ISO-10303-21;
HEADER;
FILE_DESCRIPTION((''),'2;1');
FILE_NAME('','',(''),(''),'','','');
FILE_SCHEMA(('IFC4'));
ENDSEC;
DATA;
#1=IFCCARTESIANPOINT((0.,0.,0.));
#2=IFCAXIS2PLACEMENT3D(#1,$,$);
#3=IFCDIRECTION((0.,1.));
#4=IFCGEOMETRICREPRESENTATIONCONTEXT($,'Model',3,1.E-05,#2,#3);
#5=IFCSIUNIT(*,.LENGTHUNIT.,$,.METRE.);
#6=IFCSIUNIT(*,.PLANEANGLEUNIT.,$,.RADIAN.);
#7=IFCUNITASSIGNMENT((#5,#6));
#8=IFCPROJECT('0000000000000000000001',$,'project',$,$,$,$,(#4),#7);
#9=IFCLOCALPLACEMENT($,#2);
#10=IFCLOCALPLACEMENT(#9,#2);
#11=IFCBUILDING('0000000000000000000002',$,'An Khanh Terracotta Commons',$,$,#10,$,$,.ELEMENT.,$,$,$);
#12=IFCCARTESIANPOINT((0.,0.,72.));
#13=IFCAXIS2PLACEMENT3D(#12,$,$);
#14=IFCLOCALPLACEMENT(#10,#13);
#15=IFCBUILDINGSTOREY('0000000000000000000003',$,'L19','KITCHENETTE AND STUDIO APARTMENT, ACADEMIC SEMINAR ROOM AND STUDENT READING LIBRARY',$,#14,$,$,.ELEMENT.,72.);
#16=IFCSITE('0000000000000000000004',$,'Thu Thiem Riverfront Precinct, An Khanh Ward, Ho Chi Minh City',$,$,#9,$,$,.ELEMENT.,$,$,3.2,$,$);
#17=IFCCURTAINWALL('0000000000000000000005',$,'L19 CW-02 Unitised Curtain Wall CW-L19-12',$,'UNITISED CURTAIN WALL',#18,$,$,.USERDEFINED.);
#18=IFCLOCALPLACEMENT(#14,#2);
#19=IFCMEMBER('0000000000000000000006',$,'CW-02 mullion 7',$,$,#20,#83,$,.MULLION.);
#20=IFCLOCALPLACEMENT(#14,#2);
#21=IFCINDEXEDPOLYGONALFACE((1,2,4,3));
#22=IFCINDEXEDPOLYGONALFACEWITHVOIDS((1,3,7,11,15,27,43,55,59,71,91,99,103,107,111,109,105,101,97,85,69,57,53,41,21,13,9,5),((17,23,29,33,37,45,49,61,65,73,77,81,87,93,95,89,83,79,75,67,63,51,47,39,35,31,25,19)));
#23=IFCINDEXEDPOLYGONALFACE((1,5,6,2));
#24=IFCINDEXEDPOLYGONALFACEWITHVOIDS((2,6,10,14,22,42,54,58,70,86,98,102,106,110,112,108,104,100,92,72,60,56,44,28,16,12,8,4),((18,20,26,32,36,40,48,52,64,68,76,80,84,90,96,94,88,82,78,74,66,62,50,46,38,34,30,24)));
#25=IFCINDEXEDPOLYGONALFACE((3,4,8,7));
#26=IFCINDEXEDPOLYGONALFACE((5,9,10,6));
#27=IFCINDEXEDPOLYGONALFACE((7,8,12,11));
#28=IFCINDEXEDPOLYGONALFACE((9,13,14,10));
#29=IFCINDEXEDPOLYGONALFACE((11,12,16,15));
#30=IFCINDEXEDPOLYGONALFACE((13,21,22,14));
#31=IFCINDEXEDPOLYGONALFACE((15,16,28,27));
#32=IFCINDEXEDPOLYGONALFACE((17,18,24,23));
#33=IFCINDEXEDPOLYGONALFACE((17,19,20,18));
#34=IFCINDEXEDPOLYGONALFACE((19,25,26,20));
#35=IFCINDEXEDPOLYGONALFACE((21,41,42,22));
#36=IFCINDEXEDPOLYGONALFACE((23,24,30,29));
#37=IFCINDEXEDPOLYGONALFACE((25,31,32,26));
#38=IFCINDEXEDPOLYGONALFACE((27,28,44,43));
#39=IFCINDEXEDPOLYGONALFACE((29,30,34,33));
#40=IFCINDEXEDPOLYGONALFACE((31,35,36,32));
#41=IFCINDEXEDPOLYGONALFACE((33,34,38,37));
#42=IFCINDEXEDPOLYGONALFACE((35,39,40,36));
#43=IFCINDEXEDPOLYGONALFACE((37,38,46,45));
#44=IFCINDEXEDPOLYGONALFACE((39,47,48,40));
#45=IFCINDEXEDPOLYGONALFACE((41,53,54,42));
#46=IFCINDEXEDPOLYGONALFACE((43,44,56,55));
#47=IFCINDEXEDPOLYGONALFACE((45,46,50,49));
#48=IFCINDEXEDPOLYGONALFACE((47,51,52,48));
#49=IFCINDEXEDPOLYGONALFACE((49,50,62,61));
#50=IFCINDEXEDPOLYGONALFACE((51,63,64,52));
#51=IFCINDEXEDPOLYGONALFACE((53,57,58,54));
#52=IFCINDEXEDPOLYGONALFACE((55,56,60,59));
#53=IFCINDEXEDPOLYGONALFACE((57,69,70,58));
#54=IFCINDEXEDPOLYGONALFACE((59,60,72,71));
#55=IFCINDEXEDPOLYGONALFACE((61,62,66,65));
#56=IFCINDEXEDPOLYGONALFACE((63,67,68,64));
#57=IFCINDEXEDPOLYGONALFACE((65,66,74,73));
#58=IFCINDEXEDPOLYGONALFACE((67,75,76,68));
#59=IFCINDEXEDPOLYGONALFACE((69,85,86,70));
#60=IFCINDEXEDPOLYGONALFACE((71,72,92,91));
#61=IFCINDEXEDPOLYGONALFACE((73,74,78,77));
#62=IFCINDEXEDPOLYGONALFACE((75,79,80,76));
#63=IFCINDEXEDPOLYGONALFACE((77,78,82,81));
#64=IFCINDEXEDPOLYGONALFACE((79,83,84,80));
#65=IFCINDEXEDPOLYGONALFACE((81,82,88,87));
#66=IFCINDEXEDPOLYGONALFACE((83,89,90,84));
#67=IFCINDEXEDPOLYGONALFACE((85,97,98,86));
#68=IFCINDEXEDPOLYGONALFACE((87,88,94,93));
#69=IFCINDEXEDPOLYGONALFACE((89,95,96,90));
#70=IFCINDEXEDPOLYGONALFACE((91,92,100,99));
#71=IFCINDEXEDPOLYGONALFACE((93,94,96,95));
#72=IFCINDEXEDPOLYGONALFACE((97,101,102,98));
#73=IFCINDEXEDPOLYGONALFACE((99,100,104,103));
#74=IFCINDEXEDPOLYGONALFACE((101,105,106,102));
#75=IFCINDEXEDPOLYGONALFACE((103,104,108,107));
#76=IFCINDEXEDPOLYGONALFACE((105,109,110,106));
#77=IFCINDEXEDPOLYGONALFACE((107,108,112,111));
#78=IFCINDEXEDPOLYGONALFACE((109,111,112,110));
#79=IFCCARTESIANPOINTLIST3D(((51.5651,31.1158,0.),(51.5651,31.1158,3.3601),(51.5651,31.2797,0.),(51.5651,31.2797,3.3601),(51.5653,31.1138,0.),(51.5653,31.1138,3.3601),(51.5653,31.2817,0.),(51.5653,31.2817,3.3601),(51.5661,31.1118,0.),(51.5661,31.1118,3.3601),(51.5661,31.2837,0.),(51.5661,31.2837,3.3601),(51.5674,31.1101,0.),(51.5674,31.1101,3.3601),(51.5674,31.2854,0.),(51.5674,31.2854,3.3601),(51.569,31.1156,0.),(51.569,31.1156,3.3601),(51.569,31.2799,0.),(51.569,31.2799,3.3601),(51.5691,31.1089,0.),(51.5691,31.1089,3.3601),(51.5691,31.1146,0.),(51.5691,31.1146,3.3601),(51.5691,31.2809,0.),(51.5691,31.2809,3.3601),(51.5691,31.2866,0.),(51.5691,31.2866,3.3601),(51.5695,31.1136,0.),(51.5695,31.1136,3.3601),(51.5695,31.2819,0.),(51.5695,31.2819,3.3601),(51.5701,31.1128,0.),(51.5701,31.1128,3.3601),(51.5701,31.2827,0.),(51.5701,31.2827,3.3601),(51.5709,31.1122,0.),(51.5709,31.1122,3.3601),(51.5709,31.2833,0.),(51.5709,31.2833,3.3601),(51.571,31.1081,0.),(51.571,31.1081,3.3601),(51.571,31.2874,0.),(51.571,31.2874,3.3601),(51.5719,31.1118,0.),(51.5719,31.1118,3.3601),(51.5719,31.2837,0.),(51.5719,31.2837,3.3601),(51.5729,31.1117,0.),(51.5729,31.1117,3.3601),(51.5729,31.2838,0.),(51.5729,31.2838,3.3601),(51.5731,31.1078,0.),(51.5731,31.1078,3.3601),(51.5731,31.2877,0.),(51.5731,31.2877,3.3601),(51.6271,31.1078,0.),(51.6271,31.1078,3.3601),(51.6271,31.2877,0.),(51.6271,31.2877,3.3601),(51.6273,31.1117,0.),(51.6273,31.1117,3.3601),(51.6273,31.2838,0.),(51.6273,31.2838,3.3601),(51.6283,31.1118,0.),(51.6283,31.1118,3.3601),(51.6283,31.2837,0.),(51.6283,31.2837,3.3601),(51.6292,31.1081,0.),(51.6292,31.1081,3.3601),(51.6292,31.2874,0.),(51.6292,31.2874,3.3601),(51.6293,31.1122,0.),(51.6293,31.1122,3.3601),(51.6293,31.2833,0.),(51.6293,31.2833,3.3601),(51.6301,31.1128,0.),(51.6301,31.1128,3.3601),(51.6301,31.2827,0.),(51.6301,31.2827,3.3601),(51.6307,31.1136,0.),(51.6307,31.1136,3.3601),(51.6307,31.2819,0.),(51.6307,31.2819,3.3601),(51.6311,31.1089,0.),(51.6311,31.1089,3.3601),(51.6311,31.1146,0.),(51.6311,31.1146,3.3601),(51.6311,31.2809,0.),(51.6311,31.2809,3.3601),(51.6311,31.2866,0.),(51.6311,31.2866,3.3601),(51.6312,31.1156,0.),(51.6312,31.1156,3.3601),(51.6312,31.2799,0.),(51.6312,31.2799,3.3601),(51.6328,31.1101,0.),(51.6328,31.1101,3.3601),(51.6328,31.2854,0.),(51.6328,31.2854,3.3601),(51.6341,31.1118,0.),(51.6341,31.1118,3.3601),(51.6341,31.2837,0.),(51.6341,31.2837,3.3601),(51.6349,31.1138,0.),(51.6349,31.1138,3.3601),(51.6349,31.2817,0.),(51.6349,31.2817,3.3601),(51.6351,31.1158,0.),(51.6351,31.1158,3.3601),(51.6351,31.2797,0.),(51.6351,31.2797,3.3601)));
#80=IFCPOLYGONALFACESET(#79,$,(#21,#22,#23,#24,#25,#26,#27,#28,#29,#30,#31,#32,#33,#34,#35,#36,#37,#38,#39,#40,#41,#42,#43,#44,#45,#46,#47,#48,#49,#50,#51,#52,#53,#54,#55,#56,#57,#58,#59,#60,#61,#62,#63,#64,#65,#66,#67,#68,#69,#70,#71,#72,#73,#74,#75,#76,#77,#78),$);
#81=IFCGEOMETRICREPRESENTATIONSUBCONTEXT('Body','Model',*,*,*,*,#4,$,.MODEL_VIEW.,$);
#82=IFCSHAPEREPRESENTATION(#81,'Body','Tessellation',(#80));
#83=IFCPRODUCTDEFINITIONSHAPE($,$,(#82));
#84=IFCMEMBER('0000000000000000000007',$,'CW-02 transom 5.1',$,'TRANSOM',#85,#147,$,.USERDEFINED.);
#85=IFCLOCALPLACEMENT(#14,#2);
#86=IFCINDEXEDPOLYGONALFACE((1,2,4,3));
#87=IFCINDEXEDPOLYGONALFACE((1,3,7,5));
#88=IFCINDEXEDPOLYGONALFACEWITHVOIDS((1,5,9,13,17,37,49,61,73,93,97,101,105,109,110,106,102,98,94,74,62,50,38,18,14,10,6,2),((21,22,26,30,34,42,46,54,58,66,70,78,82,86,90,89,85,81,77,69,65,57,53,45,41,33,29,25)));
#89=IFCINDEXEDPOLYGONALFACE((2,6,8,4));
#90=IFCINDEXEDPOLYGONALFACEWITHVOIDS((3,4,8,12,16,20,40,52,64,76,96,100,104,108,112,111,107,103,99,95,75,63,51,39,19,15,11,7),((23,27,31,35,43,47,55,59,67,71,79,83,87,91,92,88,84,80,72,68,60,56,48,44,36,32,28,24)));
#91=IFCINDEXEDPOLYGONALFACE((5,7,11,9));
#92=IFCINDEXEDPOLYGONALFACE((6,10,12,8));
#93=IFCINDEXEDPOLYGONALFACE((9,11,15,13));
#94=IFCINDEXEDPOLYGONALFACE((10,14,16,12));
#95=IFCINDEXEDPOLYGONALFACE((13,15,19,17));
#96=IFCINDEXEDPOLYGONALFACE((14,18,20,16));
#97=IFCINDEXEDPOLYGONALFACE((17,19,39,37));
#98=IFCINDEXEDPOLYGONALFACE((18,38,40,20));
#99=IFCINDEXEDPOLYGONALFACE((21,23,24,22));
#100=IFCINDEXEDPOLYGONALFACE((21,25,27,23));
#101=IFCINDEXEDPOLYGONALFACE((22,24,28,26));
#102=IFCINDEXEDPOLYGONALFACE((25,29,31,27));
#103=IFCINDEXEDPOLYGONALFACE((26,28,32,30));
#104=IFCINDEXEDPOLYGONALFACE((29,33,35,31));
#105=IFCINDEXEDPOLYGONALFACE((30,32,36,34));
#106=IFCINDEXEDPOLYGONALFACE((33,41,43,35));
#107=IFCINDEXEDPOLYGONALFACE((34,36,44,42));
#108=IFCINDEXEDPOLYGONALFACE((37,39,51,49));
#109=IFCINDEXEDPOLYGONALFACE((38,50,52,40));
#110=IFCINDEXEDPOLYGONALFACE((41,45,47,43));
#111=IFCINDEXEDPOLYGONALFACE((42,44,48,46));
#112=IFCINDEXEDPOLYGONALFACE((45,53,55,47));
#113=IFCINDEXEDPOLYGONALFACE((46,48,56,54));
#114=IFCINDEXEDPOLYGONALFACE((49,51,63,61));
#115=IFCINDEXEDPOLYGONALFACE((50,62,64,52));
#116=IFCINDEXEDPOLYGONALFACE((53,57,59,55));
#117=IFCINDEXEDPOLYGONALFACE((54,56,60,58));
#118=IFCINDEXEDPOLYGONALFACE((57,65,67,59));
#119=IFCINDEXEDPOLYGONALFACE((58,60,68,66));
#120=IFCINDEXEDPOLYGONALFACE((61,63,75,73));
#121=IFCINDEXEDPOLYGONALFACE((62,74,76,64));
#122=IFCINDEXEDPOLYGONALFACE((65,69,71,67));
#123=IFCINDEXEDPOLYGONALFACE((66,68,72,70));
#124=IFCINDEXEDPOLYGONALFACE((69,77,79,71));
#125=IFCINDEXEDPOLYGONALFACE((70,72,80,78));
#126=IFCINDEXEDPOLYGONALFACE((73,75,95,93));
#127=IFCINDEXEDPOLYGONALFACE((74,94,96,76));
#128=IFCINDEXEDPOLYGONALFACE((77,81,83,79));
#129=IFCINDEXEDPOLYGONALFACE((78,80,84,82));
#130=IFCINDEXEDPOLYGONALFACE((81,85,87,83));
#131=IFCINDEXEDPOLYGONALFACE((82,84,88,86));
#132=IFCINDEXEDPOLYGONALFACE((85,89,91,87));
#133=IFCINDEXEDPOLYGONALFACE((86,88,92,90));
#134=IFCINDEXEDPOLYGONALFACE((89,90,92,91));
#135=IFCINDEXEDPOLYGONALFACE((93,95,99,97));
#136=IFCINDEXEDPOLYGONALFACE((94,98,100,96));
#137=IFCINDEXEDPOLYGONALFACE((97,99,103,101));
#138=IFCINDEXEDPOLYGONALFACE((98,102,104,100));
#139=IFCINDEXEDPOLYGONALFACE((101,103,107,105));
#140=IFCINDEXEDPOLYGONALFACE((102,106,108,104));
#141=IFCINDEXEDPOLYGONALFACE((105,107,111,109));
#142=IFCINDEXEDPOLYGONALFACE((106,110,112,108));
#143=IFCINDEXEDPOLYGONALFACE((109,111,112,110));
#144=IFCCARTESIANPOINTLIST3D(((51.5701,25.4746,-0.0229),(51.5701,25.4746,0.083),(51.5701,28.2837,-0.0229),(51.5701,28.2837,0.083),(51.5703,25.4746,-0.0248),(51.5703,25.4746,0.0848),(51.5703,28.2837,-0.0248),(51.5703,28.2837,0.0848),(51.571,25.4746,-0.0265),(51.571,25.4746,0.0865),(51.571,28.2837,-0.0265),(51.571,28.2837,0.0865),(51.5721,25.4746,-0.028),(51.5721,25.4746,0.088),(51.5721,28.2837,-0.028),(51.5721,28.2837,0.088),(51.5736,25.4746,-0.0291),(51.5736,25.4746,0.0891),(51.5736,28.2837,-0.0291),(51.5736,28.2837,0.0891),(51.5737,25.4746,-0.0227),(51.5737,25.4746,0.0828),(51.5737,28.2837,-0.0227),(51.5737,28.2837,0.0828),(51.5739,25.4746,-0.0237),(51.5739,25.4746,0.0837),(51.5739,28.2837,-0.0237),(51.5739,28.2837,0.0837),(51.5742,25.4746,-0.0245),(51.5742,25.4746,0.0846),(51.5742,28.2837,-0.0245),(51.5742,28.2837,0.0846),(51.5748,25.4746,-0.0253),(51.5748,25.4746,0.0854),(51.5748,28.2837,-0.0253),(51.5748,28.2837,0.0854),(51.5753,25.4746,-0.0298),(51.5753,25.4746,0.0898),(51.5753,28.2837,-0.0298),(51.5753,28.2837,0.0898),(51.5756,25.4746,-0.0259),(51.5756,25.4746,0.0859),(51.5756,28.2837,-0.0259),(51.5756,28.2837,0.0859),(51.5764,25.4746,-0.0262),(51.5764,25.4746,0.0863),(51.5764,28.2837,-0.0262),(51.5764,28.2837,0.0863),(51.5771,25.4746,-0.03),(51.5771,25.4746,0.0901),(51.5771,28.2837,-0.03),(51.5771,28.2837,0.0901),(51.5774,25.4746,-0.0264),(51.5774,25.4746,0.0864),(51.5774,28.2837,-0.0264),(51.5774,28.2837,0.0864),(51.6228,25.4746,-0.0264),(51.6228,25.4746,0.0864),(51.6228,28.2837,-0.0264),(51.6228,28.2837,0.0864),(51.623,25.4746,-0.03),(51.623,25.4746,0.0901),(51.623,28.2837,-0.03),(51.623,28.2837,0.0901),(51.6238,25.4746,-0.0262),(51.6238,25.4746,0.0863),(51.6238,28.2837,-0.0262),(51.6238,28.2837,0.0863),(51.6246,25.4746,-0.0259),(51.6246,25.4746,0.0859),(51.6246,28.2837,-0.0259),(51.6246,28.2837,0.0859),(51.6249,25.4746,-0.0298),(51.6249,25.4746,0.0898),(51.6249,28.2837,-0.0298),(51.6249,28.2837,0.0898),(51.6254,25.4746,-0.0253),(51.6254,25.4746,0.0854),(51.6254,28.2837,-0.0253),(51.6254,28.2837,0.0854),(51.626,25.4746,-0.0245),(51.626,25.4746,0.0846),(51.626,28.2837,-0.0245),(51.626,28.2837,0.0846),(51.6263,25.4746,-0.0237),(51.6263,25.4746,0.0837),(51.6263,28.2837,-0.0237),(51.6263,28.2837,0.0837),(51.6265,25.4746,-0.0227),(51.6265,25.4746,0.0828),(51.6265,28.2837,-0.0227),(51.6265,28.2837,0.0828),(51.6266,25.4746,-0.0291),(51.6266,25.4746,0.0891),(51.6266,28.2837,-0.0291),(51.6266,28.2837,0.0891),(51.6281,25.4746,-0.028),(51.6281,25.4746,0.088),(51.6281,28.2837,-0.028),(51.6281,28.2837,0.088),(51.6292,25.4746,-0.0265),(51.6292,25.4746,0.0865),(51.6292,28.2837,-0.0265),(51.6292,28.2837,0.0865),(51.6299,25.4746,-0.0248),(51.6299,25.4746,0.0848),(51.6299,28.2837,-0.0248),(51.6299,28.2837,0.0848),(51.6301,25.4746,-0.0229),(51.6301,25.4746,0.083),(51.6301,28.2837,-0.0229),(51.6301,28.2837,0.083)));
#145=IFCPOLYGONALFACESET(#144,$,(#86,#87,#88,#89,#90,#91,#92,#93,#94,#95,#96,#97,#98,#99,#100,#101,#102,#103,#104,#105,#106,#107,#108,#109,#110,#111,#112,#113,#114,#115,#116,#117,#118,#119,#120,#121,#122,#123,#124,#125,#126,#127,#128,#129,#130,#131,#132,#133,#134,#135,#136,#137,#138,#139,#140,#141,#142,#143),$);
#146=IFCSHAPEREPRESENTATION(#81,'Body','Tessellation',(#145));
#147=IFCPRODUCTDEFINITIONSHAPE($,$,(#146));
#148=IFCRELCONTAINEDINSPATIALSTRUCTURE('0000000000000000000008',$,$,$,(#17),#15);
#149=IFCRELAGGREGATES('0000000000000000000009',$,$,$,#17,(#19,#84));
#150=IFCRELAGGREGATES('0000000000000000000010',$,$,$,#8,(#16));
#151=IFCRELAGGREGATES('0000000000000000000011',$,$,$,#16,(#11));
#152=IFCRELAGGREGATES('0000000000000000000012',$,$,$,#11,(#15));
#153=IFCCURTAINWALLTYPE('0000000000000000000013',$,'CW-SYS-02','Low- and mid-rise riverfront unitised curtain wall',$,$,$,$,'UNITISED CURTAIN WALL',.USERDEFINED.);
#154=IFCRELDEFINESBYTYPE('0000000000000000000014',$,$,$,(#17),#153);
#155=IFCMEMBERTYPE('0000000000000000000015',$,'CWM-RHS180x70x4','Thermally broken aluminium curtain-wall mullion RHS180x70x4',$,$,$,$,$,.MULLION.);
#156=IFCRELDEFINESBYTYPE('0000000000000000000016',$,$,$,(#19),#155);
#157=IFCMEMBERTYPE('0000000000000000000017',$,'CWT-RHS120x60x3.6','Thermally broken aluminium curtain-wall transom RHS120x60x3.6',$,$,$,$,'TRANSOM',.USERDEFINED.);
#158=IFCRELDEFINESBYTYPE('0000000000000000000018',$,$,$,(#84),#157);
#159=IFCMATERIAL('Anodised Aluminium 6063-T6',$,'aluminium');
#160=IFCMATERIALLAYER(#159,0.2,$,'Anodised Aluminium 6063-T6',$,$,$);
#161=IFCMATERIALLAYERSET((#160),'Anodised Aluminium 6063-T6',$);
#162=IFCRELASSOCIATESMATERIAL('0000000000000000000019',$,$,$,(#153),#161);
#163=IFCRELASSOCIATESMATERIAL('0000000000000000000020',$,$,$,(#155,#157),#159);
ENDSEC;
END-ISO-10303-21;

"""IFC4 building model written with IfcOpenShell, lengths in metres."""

from ifc_helpers import new_model, si_unit, direction, frame, origin, origin_2d, place, context, subcontext, project, spatial, hollow_rectangle, extrude, material, layer, layer_set, material_profile, profile_set, type_object, element, aggregate, save


model = new_model("IFC4")

# Units and contexts
model_context = context("Model", 3, precision=1e-05, world=origin(), true_north=direction((0.0, 1.0)))
body_context = subcontext(model_context, "Body", "Model", "MODEL_VIEW")
ifc_project = project(units=[si_unit("LENGTHUNIT", "METRE"), si_unit("PLANEANGLEUNIT", "RADIAN")], contexts=[model_context])

# Site, building, storey
site_placement = place(None, origin())
site = spatial("IfcSite", under=ifc_project, at=site_placement, Name="Thu Thiem Riverfront Precinct, An Khanh Ward, Ho Chi Minh City", CompositionType="ELEMENT", RefElevation=3.2)
building_placement = place(site_placement, origin())
building = spatial("IfcBuilding", under=site, at=building_placement, Name="An Khanh Terracotta Commons", CompositionType="ELEMENT")
storey_placement = place(building_placement, frame((0.0, 0.0, 72.0)))
storey = spatial("IfcBuildingStorey", under=building, at=storey_placement, Name="L19", Description="KITCHENETTE AND STUDIO APARTMENT, ACADEMIC SEMINAR ROOM AND STUDENT READING LIBRARY", CompositionType="ELEMENT", Elevation=72.0)

# Curtain wall, members
ifc_material_1 = material(Name="Anodised Aluminium 6063-T6", Category="aluminium")
ifc_layer_1 = layer(ifc_material_1, 0.2, Name="Anodised Aluminium 6063-T6")
ifc_layer_set_1 = layer_set([ifc_layer_1], Name="Anodised Aluminium 6063-T6")
curtain_wall_type = type_object("IfcCurtainWallType", Name="CW-SYS-02", Description="Low- and mid-rise riverfront unitised curtain wall", ElementType="UNITISED CURTAIN WALL", PredefinedType="USERDEFINED", material=ifc_layer_set_1)
curtain_wall_placement = place(storey_placement, origin())
curtain_wall = element("IfcCurtainWall", 1, at=curtain_wall_placement, inside=storey, type_object=curtain_wall_type, Name="L19 CW-02 Unitised Curtain Wall CW-L19-12", ObjectType="UNITISED CURTAIN WALL", PredefinedType="USERDEFINED")
ifc_material_profile_1 = material_profile(ifc_material_1, hollow_rectangle(XDim=0.0701, YDim=0.1799, WallThickness=0.0039, InnerFilletRadius=0.0039, OuterFilletRadius=0.0081, at=origin_2d()), Name="RHS180x70x4")
ifc_profile_set_1 = profile_set([ifc_material_profile_1], Name="Anodised Aluminium 6063-T6")
member_type_1 = type_object("IfcMemberType", Name="CWM-RHS180x70x4", Description="Thermally broken aluminium curtain-wall mullion RHS180x70x4", PredefinedType="MULLION", material=ifc_profile_set_1)
member_1_placement = place(storey_placement, frame((51.6001, 31.1978, 0.0), z_axis=(0.0, 0.0, 1.0), x_axis=(-1.0, 0.0, 0.0)))
member_1 = element("IfcMember", 2, at=member_1_placement, type_object=member_type_1, Name="CW-02 mullion 7", PredefinedType="MULLION", context=body_context, shape_type="SweptSolid", body=[
    extrude(hollow_rectangle(XDim=0.0701, YDim=0.1799, WallThickness=0.0039, InnerFilletRadius=0.0039, OuterFilletRadius=0.0081, at=origin_2d()), origin(), (0.0, 0.0, 1.0), 3.3601),
])
ifc_material_profile_2 = material_profile(ifc_material_1, hollow_rectangle(XDim=0.0601, YDim=0.1201, WallThickness=0.0037, InnerFilletRadius=0.0037, OuterFilletRadius=0.0071, at=origin_2d()), Name="RHS120x60x3.6")
ifc_profile_set_2 = profile_set([ifc_material_profile_2], Name="Anodised Aluminium 6063-T6")
member_type_2 = type_object("IfcMemberType", Name="CWT-RHS120x60x3.6", Description="Thermally broken aluminium curtain-wall transom RHS120x60x3.6", ElementType="TRANSOM", PredefinedType="USERDEFINED", material=ifc_profile_set_2)
member_2_placement = place(storey_placement, frame((51.6001, 25.4746, 0.03), z_axis=(0.0, 1.0, 0.0), x_axis=(-1.0, 0.0, 0.0)))
member_2 = element("IfcMember", 3, at=member_2_placement, type_object=member_type_2, Name="CW-02 transom 5.1", ObjectType="TRANSOM", PredefinedType="USERDEFINED", context=body_context, shape_type="SweptSolid", body=[
    extrude(hollow_rectangle(XDim=0.0601, YDim=0.1201, WallThickness=0.0037, InnerFilletRadius=0.0037, OuterFilletRadius=0.0071, at=origin_2d()), origin(), (0.0, 0.0, 1.0), 2.8091),
])
aggregate(curtain_wall, [member_1, member_2])

save(model, "model.ifc")
